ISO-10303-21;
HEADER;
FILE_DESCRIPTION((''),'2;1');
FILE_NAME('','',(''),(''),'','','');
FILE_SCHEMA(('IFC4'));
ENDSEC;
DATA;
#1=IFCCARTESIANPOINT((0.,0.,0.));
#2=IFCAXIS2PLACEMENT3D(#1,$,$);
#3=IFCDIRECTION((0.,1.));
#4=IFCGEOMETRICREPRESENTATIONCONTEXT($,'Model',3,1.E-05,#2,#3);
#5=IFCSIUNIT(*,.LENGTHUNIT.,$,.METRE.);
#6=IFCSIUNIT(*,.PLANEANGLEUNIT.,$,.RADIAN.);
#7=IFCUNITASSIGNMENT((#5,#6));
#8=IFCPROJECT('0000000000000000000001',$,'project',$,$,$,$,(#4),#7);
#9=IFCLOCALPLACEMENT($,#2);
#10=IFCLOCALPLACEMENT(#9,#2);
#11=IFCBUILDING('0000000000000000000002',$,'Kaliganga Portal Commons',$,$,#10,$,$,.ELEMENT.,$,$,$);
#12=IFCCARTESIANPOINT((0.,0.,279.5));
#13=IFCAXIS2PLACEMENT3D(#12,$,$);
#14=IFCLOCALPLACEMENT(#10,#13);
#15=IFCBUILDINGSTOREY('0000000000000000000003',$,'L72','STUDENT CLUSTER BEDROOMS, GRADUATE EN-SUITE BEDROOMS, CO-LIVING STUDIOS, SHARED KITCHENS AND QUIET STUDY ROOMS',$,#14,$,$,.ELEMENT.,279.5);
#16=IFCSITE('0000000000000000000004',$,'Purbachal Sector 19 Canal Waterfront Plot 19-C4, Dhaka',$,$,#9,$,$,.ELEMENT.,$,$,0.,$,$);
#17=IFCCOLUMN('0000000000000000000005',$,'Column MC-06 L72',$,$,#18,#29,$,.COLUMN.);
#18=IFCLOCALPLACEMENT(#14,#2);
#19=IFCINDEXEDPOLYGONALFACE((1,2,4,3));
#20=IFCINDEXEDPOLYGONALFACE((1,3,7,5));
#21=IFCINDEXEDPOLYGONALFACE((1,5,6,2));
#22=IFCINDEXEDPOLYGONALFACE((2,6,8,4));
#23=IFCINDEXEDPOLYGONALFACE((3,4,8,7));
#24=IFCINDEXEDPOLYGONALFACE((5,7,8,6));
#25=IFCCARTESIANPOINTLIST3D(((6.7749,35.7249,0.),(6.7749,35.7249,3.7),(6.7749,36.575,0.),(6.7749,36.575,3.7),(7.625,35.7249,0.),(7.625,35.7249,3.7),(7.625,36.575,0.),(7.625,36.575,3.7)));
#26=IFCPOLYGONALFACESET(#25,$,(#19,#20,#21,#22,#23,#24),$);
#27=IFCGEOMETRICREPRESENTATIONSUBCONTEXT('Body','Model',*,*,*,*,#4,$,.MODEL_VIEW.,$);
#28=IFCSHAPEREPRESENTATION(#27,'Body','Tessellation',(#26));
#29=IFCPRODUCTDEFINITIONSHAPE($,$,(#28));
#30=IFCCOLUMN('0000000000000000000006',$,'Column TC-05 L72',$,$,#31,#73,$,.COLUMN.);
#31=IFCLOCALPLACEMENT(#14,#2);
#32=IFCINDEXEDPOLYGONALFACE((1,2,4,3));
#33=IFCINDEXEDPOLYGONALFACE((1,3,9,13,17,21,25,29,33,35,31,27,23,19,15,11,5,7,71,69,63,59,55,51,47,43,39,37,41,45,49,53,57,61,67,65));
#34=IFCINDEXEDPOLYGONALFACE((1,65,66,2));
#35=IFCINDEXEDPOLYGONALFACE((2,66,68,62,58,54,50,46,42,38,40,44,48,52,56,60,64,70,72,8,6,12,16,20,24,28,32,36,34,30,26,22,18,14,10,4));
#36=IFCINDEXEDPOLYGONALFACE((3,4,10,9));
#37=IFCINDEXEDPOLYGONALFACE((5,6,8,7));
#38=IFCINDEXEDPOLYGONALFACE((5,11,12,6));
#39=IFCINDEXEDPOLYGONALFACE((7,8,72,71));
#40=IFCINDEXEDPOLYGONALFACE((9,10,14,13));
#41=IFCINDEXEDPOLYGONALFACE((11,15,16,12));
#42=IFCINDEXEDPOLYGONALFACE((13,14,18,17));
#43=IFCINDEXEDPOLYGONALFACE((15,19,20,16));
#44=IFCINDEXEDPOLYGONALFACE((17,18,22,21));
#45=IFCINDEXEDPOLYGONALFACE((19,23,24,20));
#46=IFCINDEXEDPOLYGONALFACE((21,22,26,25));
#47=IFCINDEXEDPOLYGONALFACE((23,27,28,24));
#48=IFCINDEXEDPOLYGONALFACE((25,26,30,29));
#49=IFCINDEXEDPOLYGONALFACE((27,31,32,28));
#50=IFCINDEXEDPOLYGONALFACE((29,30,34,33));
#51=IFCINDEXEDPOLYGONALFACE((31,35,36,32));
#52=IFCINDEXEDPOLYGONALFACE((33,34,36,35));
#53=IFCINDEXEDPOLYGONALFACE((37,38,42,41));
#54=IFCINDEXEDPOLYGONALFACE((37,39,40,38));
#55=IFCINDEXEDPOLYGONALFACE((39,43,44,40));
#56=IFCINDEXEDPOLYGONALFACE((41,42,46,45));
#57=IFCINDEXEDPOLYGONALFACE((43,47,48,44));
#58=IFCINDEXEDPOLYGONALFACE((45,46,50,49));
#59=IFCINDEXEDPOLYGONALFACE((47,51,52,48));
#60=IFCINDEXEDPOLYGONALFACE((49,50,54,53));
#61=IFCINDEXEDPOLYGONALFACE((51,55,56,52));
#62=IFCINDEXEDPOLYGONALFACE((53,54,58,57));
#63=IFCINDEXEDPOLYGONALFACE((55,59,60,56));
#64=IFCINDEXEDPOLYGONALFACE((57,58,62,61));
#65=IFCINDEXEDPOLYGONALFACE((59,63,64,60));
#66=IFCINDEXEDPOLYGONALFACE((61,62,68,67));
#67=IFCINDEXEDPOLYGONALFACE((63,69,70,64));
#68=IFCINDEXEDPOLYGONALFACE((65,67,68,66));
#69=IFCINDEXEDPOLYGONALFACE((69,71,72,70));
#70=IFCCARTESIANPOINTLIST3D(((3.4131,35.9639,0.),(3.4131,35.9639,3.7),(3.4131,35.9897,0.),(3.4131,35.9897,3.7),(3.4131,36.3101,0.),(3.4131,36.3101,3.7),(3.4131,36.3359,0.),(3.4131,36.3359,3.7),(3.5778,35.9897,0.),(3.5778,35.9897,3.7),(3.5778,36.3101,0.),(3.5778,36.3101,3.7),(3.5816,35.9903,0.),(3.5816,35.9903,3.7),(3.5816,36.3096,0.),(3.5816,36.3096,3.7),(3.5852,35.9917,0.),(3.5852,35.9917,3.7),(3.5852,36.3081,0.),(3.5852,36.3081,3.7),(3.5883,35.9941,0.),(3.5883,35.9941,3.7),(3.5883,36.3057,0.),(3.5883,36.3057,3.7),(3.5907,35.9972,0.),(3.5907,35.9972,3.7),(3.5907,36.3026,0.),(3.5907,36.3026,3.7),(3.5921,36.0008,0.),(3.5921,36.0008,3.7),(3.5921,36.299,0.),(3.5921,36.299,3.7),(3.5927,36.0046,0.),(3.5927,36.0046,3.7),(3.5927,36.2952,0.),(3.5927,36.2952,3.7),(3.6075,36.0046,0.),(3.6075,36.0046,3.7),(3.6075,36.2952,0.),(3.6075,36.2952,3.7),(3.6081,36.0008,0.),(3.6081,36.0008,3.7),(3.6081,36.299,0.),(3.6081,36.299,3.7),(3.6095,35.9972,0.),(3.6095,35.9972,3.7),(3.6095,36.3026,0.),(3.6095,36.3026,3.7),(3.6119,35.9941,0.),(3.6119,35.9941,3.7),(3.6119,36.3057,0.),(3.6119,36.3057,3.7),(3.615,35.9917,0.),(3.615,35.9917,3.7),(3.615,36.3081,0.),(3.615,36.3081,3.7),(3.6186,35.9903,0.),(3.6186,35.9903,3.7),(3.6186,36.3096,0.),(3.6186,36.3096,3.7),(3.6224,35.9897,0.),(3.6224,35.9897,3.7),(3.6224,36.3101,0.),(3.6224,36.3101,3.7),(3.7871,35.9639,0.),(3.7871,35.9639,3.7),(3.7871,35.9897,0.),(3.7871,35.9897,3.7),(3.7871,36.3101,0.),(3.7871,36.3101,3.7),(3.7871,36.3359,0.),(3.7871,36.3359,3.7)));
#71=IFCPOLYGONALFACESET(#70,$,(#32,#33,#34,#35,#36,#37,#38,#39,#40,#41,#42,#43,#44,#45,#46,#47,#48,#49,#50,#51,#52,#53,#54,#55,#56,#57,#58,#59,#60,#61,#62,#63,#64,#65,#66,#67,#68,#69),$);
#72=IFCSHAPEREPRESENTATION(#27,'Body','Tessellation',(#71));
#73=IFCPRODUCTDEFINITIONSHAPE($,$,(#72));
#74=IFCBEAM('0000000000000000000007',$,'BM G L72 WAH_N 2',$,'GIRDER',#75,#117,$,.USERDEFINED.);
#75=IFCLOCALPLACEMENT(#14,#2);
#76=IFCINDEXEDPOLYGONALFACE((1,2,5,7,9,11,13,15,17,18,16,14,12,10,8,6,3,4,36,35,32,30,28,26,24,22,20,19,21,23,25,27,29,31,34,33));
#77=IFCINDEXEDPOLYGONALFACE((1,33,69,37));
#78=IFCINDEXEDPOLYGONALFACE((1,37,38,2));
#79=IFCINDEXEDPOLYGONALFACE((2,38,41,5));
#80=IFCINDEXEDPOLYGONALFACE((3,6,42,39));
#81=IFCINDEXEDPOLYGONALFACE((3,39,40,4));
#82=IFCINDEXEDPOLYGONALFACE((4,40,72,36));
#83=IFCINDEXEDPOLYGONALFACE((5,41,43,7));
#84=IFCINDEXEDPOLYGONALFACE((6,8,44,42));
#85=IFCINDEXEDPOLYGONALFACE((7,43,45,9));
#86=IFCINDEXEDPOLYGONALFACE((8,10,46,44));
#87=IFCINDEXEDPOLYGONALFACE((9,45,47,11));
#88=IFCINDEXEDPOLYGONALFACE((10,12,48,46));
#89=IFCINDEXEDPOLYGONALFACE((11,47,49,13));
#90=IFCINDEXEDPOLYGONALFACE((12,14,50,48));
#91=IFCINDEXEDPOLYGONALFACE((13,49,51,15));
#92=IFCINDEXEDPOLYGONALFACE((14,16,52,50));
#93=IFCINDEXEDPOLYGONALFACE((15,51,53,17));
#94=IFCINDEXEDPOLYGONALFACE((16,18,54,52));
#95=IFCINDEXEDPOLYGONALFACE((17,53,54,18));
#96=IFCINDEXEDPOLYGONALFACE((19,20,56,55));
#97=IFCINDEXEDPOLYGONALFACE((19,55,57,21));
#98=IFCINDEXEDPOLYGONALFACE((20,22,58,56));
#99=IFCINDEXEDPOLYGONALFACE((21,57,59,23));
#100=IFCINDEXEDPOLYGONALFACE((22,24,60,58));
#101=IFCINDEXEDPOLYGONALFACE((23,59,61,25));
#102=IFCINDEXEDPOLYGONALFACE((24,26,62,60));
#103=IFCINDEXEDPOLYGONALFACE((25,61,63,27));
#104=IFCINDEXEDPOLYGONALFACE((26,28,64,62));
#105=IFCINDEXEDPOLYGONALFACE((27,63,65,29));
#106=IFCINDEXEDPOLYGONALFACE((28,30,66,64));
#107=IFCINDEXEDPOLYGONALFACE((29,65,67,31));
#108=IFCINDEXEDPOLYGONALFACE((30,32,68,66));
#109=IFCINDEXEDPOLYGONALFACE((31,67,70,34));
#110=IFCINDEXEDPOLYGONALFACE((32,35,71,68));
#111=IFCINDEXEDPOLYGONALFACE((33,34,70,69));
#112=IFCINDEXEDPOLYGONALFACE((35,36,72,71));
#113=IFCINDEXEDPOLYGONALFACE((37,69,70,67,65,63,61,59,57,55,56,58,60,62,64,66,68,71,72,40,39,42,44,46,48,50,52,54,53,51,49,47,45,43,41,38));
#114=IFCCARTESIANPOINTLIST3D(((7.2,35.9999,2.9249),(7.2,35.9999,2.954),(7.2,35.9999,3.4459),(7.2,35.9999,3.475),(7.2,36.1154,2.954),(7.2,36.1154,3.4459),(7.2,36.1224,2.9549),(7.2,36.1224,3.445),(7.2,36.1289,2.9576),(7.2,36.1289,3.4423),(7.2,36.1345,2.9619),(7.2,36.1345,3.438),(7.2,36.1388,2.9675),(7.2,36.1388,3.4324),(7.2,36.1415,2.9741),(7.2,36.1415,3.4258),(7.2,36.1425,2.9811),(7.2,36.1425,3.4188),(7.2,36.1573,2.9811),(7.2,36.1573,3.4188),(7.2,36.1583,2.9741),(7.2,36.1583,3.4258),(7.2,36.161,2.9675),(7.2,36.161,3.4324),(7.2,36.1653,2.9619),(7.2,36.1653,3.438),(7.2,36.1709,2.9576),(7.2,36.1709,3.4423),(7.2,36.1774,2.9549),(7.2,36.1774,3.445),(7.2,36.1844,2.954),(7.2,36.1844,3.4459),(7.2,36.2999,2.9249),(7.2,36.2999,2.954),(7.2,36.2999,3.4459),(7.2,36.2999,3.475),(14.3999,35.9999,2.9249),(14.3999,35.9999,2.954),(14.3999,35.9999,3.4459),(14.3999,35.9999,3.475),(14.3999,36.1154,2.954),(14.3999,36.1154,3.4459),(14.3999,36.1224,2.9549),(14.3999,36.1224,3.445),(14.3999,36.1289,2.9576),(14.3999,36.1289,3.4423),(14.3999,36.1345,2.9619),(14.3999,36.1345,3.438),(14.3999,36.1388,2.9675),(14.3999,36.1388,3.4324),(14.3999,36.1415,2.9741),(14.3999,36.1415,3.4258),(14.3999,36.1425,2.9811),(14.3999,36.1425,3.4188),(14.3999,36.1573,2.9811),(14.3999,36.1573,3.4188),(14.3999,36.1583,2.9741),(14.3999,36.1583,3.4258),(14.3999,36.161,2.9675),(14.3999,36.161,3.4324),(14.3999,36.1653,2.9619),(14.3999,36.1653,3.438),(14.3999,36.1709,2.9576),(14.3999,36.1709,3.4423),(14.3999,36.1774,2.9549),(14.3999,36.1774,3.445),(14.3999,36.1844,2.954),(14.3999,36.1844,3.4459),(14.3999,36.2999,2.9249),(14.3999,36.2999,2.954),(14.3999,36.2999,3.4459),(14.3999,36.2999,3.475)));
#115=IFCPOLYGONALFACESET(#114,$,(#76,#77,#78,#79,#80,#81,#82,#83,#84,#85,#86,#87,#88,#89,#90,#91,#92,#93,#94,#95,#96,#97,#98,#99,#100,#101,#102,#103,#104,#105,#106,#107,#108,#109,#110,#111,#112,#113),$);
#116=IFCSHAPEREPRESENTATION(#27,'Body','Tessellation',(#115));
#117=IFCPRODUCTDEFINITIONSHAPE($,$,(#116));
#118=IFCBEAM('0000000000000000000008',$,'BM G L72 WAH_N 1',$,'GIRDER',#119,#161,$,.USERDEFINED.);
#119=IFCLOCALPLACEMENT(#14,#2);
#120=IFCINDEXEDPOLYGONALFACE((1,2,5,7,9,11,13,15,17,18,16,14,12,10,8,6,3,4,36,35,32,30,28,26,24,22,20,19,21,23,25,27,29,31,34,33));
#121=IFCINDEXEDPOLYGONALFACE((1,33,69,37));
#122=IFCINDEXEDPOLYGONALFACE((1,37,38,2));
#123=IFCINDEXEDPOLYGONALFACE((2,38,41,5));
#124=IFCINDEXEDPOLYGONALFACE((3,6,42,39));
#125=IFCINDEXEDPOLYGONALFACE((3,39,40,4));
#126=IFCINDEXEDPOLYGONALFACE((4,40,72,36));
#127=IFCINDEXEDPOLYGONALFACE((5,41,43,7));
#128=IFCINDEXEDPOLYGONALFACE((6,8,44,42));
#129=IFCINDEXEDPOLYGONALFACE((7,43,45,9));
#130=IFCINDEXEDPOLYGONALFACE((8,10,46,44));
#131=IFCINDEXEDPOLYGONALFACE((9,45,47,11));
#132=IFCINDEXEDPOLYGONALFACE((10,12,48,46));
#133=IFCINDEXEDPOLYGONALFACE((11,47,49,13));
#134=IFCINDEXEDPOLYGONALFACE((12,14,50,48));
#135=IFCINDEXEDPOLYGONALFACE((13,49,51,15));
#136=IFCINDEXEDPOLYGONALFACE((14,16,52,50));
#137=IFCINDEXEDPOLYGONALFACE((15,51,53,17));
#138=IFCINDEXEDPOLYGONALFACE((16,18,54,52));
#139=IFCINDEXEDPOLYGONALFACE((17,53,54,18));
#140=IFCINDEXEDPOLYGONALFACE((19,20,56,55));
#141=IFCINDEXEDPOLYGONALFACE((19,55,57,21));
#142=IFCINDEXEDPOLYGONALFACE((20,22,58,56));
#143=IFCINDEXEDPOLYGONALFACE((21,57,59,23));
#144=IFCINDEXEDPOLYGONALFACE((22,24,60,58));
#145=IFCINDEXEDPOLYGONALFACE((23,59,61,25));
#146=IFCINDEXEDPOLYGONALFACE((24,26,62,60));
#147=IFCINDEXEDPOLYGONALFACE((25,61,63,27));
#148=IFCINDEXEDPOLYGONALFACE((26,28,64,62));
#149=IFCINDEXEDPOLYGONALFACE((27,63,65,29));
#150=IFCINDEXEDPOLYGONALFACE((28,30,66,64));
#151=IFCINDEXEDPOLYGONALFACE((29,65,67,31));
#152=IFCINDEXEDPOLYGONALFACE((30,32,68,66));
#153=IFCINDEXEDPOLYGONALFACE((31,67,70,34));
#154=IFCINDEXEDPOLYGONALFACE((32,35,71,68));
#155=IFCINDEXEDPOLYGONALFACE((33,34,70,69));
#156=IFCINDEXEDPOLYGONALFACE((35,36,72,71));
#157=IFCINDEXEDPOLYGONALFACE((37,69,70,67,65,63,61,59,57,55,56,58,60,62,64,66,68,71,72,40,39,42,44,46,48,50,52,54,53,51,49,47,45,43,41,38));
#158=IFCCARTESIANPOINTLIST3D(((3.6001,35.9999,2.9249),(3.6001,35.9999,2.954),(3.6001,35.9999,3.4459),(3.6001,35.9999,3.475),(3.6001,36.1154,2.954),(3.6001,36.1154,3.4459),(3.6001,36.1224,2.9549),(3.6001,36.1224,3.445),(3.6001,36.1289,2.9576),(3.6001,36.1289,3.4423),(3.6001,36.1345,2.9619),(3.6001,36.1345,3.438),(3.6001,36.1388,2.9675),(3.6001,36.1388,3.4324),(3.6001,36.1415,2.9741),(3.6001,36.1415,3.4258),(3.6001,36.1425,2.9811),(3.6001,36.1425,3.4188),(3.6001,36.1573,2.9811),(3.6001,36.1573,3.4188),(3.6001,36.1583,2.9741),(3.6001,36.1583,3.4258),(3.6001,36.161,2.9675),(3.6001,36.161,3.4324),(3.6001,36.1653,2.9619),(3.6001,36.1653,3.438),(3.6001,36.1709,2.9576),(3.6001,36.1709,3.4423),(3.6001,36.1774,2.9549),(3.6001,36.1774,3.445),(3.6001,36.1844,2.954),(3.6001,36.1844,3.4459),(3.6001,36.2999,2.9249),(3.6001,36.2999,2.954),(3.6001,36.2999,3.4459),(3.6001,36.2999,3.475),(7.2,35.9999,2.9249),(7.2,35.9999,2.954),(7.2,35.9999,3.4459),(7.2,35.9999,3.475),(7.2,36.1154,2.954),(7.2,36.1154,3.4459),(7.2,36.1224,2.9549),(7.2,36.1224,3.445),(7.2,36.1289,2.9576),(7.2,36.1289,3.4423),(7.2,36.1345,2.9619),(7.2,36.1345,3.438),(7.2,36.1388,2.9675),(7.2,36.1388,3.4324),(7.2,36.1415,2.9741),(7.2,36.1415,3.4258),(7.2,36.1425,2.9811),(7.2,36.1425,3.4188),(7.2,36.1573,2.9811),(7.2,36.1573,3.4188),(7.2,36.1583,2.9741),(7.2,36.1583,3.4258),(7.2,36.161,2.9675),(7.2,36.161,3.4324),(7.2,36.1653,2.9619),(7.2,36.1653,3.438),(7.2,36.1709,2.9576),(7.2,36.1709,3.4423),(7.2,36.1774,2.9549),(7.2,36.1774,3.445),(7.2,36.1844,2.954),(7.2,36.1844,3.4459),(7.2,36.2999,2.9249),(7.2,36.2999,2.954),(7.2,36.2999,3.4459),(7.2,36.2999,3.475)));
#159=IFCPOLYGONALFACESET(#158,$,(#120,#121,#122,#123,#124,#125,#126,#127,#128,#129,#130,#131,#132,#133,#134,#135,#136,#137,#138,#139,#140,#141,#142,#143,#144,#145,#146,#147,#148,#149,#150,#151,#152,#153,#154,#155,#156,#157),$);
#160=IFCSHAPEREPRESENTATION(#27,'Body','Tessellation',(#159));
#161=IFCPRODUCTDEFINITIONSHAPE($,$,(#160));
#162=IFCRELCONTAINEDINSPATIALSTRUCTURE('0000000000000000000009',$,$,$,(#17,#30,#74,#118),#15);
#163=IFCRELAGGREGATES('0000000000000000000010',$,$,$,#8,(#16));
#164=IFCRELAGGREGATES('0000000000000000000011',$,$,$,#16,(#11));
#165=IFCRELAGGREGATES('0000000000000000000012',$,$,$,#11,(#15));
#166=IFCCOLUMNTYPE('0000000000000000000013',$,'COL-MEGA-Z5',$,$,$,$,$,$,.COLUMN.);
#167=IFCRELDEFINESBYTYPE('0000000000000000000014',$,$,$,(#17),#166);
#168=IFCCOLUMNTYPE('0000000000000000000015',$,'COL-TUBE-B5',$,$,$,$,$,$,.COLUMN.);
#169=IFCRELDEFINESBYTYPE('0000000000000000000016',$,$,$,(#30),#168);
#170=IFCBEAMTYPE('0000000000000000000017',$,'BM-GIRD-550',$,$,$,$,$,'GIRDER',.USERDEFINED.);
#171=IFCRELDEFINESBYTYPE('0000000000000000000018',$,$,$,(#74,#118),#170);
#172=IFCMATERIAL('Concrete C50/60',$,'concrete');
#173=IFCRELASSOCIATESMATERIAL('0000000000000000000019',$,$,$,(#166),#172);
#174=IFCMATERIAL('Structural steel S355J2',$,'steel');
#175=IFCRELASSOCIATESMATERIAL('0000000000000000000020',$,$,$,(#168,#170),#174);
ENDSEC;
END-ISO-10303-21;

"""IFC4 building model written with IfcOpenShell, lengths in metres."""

from ifc_helpers import new_model, si_unit, direction, frame, origin, origin_2d, place, context, subcontext, project, spatial, rectangle, i_section, extrude, source, transform, mapped, material, material_profile, profile_set, type_object, element, save


model = new_model("IFC4")

# Units and contexts
model_context = context("Model", 3, precision=1e-05, world=origin(), true_north=direction((0.0, 1.0)))
body_context = subcontext(model_context, "Body", "Model", "MODEL_VIEW")
ifc_project = project(units=[si_unit("LENGTHUNIT", "METRE"), si_unit("PLANEANGLEUNIT", "RADIAN")], contexts=[model_context])

# Site, building, storey
site_placement = place(None, origin())
site = spatial("IfcSite", under=ifc_project, at=site_placement, Name="Purbachal Sector 19 Canal Waterfront Plot 19-C4, Dhaka", CompositionType="ELEMENT", RefElevation=0.0)
building_placement = place(site_placement, origin())
building = spatial("IfcBuilding", under=site, at=building_placement, Name="Kaliganga Portal Commons", CompositionType="ELEMENT")
storey_placement = place(building_placement, frame((0.0, 0.0, 279.5)))
storey = spatial("IfcBuildingStorey", under=building, at=storey_placement, Name="L72", Description="STUDENT CLUSTER BEDROOMS, GRADUATE EN-SUITE BEDROOMS, CO-LIVING STUDIOS, SHARED KITCHENS AND QUIET STUDY ROOMS", CompositionType="ELEMENT", Elevation=279.5)

# Columns
ifc_material_1 = material(Name="Concrete C50/60", Category="concrete")
ifc_material_profile_1 = material_profile(ifc_material_1, rectangle(XDim=0.8501, YDim=0.8501, at=origin_2d()), Name="RC 850x850")
ifc_profile_set_1 = profile_set([ifc_material_profile_1], Name="Concrete C50/60")
column_type_1 = type_object("IfcColumnType", Name="COL-MEGA-Z5", PredefinedType="COLUMN", material=ifc_profile_set_1)
shared_shape_1 = source(origin(), body_context, "Body", "SweptSolid", [
    extrude(rectangle(XDim=0.8501, YDim=0.8501, at=origin_2d()), origin(), (0.0, 0.0, 1.0), 3.7),
])
column_1_placement = place(storey_placement, frame((7.2, 36.1499, 0.0), z_axis=(0.0, 0.0, 1.0), x_axis=(1.0, 0.0, 0.0)))
element("IfcColumn", 1, at=column_1_placement, inside=storey, type_object=column_type_1, Name="Column MC-06 L72", PredefinedType="COLUMN", context=body_context, shape_type="MappedRepresentation", body=[
    mapped(shared_shape_1, transform((0.0, 0.0, 0.0), x_axis=(1.0, 0.0, 0.0), y_axis=(0.0, 1.0, 0.0), z_axis=(0.0, 0.0, 1.0), scale=1.0)),
])
ifc_material_2 = material(Name="Structural steel S355J2", Category="steel")
ifc_material_profile_2 = material_profile(ifc_material_2, i_section(OverallWidth=0.374, OverallDepth=0.3721, WebThickness=0.0149, FlangeThickness=0.0259, FilletRadius=0.0149, at=origin_2d()), Name="HD 360x196")
ifc_profile_set_2 = profile_set([ifc_material_profile_2], Name="Structural steel S355J2 wide-flange")
column_type_2 = type_object("IfcColumnType", Name="COL-TUBE-B5", PredefinedType="COLUMN", material=ifc_profile_set_2)
shared_shape_2 = source(origin(), body_context, "Body", "SweptSolid", [
    extrude(i_section(OverallWidth=0.374, OverallDepth=0.3721, WebThickness=0.0149, FlangeThickness=0.0259, FilletRadius=0.0149, at=origin_2d()), origin(), (0.0, 0.0, 1.0), 3.7),
])
column_2_placement = place(storey_placement, frame((3.6001, 36.1499, 0.0), z_axis=(0.0, 0.0, 1.0), x_axis=(1.0, 0.0, 0.0)))
element("IfcColumn", 2, at=column_2_placement, inside=storey, type_object=column_type_2, Name="Column TC-05 L72", PredefinedType="COLUMN", context=body_context, shape_type="MappedRepresentation", body=[
    mapped(shared_shape_2, transform((0.0, 0.0, 0.0), x_axis=(1.0, 0.0, 0.0), y_axis=(0.0, 1.0, 0.0), z_axis=(0.0, 0.0, 1.0), scale=1.0)),
])

# Beams
ifc_material_profile_3 = material_profile(ifc_material_2, i_section(OverallWidth=0.3, OverallDepth=0.55, WebThickness=0.0149, FlangeThickness=0.0291, FilletRadius=0.0271, at=origin_2d()), Name="HE 550 B")
ifc_profile_set_3 = profile_set([ifc_material_profile_3], Name="Structural steel S355J2 wide-flange")
beam_type = type_object("IfcBeamType", Name="BM-GIRD-550", ElementType="GIRDER", PredefinedType="USERDEFINED", material=ifc_profile_set_3)
shared_shape_3 = source(origin(), body_context, "Body", "SweptSolid", [
    extrude(i_section(OverallWidth=0.3, OverallDepth=0.55, WebThickness=0.0149, FlangeThickness=0.0291, FilletRadius=0.0271, at=origin_2d()), origin(), (0.0, 0.0, 1.0), 7.2),
])
beam_1_placement = place(storey_placement, frame((7.2, 36.1499, 3.2), z_axis=(1.0, 0.0, 0.0), x_axis=(0.0, 1.0, 0.0)))
element("IfcBeam", 3, at=beam_1_placement, inside=storey, type_object=beam_type, Name="BM G L72 WAH_N 2", ObjectType="GIRDER", PredefinedType="USERDEFINED", context=body_context, shape_type="MappedRepresentation", body=[
    mapped(shared_shape_3, transform((0.0, 0.0, 0.0), x_axis=(1.0, 0.0, 0.0), y_axis=(0.0, 1.0, 0.0), z_axis=(0.0, 0.0, 1.0), scale=1.0)),
])
shared_shape_4 = source(origin(), body_context, "Body", "SweptSolid", [
    extrude(i_section(OverallWidth=0.3, OverallDepth=0.55, WebThickness=0.0149, FlangeThickness=0.0291, FilletRadius=0.0271, at=origin_2d()), origin(), (0.0, 0.0, 1.0), 3.5999),
])
beam_2_placement = place(storey_placement, frame((3.6001, 36.1499, 3.2), z_axis=(1.0, 0.0, 0.0), x_axis=(0.0, 1.0, 0.0)))
element("IfcBeam", 4, at=beam_2_placement, inside=storey, type_object=beam_type, Name="BM G L72 WAH_N 1", ObjectType="GIRDER", PredefinedType="USERDEFINED", context=body_context, shape_type="MappedRepresentation", body=[
    mapped(shared_shape_4, transform((0.0, 0.0, 0.0), x_axis=(1.0, 0.0, 0.0), y_axis=(0.0, 1.0, 0.0), z_axis=(0.0, 0.0, 1.0), scale=1.0)),
])

save(model, "model.ifc")
